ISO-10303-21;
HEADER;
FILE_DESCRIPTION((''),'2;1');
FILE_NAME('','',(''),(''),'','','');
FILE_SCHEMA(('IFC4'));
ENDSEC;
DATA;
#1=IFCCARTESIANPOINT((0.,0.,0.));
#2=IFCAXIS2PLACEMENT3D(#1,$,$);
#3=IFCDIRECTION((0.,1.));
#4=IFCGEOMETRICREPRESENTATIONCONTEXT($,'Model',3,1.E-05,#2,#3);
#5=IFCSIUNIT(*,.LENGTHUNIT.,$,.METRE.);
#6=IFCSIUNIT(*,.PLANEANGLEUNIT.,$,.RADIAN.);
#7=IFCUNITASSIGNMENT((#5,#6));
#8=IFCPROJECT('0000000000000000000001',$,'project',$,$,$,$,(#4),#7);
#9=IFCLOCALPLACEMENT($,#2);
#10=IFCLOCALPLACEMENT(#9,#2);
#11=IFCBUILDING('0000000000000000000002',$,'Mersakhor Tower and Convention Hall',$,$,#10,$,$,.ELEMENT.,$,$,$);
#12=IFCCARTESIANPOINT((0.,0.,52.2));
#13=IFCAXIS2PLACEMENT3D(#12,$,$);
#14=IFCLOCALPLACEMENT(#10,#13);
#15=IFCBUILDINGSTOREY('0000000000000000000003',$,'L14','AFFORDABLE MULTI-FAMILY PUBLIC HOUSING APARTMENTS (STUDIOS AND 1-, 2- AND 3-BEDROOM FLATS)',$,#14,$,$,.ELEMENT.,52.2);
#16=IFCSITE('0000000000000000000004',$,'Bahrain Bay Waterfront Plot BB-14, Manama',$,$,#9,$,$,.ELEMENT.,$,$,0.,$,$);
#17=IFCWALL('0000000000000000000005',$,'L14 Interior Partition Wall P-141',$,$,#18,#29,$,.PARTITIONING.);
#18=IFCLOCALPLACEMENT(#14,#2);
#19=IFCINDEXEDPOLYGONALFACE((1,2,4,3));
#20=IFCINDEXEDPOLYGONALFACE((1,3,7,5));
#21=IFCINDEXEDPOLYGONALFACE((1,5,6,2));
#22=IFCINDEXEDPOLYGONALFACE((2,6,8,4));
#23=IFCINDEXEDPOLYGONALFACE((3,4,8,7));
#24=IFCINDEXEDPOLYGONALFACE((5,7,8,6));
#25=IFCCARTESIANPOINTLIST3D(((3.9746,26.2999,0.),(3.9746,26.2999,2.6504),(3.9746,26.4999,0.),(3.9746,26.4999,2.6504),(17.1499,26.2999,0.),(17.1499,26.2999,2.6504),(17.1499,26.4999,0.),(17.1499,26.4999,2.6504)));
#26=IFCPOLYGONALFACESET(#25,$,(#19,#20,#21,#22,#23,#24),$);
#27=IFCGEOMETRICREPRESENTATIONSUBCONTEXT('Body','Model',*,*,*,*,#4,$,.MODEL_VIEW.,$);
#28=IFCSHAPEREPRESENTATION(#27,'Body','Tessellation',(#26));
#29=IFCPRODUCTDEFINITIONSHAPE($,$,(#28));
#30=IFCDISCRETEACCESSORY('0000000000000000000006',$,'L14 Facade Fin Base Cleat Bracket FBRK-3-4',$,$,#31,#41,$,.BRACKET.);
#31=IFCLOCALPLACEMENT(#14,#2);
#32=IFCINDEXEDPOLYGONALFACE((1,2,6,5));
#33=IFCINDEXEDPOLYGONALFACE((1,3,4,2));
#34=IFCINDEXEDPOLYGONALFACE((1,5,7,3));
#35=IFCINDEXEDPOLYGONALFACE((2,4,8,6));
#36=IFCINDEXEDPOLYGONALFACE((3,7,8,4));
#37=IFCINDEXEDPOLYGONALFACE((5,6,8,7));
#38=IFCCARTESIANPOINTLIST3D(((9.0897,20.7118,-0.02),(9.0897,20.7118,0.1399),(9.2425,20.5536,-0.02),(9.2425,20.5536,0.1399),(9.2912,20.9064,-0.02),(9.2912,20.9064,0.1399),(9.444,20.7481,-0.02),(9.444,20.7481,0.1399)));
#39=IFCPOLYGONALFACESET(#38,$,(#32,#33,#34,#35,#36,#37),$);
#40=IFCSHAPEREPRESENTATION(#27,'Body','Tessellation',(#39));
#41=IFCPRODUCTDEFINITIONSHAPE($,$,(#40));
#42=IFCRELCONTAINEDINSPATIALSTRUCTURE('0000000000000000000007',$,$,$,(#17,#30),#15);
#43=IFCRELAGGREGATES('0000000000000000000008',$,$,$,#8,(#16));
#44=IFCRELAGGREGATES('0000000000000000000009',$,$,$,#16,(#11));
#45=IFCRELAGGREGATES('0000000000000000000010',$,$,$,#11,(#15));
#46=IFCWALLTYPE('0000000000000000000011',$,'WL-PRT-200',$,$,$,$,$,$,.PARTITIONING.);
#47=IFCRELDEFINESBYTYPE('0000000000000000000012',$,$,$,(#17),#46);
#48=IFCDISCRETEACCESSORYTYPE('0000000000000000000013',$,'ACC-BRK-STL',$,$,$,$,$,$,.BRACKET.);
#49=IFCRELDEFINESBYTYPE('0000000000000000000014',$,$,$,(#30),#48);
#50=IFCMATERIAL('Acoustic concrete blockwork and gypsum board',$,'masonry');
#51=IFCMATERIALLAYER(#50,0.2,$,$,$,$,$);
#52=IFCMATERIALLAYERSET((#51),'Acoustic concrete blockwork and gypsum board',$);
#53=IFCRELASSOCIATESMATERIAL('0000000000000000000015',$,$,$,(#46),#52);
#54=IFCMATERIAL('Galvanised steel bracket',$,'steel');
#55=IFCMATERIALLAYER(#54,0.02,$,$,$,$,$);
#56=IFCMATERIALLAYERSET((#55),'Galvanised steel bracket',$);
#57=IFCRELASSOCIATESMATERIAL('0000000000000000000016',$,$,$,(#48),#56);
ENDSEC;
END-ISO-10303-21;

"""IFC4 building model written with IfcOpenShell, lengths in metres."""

from ifc_helpers import new_model, si_unit, direction, frame, frame_2d, origin, origin_2d, place, context, subcontext, project, spatial, rectangle, extrude, material, layer, layer_set, type_object, element, save


model = new_model("IFC4")

# Units and contexts
model_context = context("Model", 3, precision=1e-05, world=origin(), true_north=direction((0.0, 1.0)))
body_context = subcontext(model_context, "Body", "Model", "MODEL_VIEW")
ifc_project = project(units=[si_unit("LENGTHUNIT", "METRE"), si_unit("PLANEANGLEUNIT", "RADIAN")], contexts=[model_context])

# Site, building, storey
site_placement = place(None, origin())
site = spatial("IfcSite", under=ifc_project, at=site_placement, Name="Bahrain Bay Waterfront Plot BB-14, Manama", CompositionType="ELEMENT", RefElevation=0.0)
building_placement = place(site_placement, origin())
building = spatial("IfcBuilding", under=site, at=building_placement, Name="Mersakhor Tower and Convention Hall", CompositionType="ELEMENT")
storey_placement = place(building_placement, frame((0.0, 0.0, 52.2)))
storey = spatial("IfcBuildingStorey", under=building, at=storey_placement, Name="L14", Description="AFFORDABLE MULTI-FAMILY PUBLIC HOUSING APARTMENTS (STUDIOS AND 1-, 2- AND 3-BEDROOM FLATS)", CompositionType="ELEMENT", Elevation=52.2)

# Shared definitions
ifc_material_1 = material(Name="Acoustic concrete blockwork and gypsum board", Category="masonry")
ifc_layer_1 = layer(ifc_material_1, 0.2)
ifc_layer_set_1 = layer_set([ifc_layer_1], Name="Acoustic concrete blockwork and gypsum board")
wall_type_1 = type_object("IfcWallType", Name="WL-PRT-200", PredefinedType="PARTITIONING", material=ifc_layer_set_1)

# Wall
wall_1_placement = place(storey_placement, frame((17.1499, 26.3999, 0.0), z_axis=(0.0, 0.0, 1.0), x_axis=(-1.0, 0.0, 0.0)))
element("IfcWall", 1, at=wall_1_placement, inside=storey, type_object=wall_type_1, Name="L14 Interior Partition Wall P-141", PredefinedType="PARTITIONING", context=body_context, shape_type="SweptSolid", body=[
    extrude(rectangle(XDim=13.1753, YDim=0.2, at=frame_2d((6.5876, 0.0))), origin(), (0.0, 0.0, 1.0), 2.6504),
])

# Discrete accessory
ifc_material_2 = material(Name="Galvanised steel bracket", Category="steel")
ifc_layer_2 = layer(ifc_material_2, 0.02)
ifc_layer_set_2 = layer_set([ifc_layer_2], Name="Galvanised steel bracket")
discrete_accessory_type = type_object("IfcDiscreteAccessoryType", Name="ACC-BRK-STL", PredefinedType="BRACKET", material=ifc_layer_set_2)
discrete_accessory_placement = place(storey_placement, frame((9.2668, 20.73, -0.02), z_axis=(0.0, 0.0, 1.0), x_axis=(-0.71934, -0.694658, 0.0)))
element("IfcDiscreteAccessory", 2, at=discrete_accessory_placement, inside=storey, type_object=discrete_accessory_type, Name="L14 Facade Fin Base Cleat Bracket FBRK-3-4", PredefinedType="BRACKET", context=body_context, shape_type="SweptSolid", body=[
    extrude(rectangle(XDim=0.28, YDim=0.22, at=origin_2d()), origin(), (0.0, 0.0, 1.0), 0.1599),
])

save(model, "model.ifc")
